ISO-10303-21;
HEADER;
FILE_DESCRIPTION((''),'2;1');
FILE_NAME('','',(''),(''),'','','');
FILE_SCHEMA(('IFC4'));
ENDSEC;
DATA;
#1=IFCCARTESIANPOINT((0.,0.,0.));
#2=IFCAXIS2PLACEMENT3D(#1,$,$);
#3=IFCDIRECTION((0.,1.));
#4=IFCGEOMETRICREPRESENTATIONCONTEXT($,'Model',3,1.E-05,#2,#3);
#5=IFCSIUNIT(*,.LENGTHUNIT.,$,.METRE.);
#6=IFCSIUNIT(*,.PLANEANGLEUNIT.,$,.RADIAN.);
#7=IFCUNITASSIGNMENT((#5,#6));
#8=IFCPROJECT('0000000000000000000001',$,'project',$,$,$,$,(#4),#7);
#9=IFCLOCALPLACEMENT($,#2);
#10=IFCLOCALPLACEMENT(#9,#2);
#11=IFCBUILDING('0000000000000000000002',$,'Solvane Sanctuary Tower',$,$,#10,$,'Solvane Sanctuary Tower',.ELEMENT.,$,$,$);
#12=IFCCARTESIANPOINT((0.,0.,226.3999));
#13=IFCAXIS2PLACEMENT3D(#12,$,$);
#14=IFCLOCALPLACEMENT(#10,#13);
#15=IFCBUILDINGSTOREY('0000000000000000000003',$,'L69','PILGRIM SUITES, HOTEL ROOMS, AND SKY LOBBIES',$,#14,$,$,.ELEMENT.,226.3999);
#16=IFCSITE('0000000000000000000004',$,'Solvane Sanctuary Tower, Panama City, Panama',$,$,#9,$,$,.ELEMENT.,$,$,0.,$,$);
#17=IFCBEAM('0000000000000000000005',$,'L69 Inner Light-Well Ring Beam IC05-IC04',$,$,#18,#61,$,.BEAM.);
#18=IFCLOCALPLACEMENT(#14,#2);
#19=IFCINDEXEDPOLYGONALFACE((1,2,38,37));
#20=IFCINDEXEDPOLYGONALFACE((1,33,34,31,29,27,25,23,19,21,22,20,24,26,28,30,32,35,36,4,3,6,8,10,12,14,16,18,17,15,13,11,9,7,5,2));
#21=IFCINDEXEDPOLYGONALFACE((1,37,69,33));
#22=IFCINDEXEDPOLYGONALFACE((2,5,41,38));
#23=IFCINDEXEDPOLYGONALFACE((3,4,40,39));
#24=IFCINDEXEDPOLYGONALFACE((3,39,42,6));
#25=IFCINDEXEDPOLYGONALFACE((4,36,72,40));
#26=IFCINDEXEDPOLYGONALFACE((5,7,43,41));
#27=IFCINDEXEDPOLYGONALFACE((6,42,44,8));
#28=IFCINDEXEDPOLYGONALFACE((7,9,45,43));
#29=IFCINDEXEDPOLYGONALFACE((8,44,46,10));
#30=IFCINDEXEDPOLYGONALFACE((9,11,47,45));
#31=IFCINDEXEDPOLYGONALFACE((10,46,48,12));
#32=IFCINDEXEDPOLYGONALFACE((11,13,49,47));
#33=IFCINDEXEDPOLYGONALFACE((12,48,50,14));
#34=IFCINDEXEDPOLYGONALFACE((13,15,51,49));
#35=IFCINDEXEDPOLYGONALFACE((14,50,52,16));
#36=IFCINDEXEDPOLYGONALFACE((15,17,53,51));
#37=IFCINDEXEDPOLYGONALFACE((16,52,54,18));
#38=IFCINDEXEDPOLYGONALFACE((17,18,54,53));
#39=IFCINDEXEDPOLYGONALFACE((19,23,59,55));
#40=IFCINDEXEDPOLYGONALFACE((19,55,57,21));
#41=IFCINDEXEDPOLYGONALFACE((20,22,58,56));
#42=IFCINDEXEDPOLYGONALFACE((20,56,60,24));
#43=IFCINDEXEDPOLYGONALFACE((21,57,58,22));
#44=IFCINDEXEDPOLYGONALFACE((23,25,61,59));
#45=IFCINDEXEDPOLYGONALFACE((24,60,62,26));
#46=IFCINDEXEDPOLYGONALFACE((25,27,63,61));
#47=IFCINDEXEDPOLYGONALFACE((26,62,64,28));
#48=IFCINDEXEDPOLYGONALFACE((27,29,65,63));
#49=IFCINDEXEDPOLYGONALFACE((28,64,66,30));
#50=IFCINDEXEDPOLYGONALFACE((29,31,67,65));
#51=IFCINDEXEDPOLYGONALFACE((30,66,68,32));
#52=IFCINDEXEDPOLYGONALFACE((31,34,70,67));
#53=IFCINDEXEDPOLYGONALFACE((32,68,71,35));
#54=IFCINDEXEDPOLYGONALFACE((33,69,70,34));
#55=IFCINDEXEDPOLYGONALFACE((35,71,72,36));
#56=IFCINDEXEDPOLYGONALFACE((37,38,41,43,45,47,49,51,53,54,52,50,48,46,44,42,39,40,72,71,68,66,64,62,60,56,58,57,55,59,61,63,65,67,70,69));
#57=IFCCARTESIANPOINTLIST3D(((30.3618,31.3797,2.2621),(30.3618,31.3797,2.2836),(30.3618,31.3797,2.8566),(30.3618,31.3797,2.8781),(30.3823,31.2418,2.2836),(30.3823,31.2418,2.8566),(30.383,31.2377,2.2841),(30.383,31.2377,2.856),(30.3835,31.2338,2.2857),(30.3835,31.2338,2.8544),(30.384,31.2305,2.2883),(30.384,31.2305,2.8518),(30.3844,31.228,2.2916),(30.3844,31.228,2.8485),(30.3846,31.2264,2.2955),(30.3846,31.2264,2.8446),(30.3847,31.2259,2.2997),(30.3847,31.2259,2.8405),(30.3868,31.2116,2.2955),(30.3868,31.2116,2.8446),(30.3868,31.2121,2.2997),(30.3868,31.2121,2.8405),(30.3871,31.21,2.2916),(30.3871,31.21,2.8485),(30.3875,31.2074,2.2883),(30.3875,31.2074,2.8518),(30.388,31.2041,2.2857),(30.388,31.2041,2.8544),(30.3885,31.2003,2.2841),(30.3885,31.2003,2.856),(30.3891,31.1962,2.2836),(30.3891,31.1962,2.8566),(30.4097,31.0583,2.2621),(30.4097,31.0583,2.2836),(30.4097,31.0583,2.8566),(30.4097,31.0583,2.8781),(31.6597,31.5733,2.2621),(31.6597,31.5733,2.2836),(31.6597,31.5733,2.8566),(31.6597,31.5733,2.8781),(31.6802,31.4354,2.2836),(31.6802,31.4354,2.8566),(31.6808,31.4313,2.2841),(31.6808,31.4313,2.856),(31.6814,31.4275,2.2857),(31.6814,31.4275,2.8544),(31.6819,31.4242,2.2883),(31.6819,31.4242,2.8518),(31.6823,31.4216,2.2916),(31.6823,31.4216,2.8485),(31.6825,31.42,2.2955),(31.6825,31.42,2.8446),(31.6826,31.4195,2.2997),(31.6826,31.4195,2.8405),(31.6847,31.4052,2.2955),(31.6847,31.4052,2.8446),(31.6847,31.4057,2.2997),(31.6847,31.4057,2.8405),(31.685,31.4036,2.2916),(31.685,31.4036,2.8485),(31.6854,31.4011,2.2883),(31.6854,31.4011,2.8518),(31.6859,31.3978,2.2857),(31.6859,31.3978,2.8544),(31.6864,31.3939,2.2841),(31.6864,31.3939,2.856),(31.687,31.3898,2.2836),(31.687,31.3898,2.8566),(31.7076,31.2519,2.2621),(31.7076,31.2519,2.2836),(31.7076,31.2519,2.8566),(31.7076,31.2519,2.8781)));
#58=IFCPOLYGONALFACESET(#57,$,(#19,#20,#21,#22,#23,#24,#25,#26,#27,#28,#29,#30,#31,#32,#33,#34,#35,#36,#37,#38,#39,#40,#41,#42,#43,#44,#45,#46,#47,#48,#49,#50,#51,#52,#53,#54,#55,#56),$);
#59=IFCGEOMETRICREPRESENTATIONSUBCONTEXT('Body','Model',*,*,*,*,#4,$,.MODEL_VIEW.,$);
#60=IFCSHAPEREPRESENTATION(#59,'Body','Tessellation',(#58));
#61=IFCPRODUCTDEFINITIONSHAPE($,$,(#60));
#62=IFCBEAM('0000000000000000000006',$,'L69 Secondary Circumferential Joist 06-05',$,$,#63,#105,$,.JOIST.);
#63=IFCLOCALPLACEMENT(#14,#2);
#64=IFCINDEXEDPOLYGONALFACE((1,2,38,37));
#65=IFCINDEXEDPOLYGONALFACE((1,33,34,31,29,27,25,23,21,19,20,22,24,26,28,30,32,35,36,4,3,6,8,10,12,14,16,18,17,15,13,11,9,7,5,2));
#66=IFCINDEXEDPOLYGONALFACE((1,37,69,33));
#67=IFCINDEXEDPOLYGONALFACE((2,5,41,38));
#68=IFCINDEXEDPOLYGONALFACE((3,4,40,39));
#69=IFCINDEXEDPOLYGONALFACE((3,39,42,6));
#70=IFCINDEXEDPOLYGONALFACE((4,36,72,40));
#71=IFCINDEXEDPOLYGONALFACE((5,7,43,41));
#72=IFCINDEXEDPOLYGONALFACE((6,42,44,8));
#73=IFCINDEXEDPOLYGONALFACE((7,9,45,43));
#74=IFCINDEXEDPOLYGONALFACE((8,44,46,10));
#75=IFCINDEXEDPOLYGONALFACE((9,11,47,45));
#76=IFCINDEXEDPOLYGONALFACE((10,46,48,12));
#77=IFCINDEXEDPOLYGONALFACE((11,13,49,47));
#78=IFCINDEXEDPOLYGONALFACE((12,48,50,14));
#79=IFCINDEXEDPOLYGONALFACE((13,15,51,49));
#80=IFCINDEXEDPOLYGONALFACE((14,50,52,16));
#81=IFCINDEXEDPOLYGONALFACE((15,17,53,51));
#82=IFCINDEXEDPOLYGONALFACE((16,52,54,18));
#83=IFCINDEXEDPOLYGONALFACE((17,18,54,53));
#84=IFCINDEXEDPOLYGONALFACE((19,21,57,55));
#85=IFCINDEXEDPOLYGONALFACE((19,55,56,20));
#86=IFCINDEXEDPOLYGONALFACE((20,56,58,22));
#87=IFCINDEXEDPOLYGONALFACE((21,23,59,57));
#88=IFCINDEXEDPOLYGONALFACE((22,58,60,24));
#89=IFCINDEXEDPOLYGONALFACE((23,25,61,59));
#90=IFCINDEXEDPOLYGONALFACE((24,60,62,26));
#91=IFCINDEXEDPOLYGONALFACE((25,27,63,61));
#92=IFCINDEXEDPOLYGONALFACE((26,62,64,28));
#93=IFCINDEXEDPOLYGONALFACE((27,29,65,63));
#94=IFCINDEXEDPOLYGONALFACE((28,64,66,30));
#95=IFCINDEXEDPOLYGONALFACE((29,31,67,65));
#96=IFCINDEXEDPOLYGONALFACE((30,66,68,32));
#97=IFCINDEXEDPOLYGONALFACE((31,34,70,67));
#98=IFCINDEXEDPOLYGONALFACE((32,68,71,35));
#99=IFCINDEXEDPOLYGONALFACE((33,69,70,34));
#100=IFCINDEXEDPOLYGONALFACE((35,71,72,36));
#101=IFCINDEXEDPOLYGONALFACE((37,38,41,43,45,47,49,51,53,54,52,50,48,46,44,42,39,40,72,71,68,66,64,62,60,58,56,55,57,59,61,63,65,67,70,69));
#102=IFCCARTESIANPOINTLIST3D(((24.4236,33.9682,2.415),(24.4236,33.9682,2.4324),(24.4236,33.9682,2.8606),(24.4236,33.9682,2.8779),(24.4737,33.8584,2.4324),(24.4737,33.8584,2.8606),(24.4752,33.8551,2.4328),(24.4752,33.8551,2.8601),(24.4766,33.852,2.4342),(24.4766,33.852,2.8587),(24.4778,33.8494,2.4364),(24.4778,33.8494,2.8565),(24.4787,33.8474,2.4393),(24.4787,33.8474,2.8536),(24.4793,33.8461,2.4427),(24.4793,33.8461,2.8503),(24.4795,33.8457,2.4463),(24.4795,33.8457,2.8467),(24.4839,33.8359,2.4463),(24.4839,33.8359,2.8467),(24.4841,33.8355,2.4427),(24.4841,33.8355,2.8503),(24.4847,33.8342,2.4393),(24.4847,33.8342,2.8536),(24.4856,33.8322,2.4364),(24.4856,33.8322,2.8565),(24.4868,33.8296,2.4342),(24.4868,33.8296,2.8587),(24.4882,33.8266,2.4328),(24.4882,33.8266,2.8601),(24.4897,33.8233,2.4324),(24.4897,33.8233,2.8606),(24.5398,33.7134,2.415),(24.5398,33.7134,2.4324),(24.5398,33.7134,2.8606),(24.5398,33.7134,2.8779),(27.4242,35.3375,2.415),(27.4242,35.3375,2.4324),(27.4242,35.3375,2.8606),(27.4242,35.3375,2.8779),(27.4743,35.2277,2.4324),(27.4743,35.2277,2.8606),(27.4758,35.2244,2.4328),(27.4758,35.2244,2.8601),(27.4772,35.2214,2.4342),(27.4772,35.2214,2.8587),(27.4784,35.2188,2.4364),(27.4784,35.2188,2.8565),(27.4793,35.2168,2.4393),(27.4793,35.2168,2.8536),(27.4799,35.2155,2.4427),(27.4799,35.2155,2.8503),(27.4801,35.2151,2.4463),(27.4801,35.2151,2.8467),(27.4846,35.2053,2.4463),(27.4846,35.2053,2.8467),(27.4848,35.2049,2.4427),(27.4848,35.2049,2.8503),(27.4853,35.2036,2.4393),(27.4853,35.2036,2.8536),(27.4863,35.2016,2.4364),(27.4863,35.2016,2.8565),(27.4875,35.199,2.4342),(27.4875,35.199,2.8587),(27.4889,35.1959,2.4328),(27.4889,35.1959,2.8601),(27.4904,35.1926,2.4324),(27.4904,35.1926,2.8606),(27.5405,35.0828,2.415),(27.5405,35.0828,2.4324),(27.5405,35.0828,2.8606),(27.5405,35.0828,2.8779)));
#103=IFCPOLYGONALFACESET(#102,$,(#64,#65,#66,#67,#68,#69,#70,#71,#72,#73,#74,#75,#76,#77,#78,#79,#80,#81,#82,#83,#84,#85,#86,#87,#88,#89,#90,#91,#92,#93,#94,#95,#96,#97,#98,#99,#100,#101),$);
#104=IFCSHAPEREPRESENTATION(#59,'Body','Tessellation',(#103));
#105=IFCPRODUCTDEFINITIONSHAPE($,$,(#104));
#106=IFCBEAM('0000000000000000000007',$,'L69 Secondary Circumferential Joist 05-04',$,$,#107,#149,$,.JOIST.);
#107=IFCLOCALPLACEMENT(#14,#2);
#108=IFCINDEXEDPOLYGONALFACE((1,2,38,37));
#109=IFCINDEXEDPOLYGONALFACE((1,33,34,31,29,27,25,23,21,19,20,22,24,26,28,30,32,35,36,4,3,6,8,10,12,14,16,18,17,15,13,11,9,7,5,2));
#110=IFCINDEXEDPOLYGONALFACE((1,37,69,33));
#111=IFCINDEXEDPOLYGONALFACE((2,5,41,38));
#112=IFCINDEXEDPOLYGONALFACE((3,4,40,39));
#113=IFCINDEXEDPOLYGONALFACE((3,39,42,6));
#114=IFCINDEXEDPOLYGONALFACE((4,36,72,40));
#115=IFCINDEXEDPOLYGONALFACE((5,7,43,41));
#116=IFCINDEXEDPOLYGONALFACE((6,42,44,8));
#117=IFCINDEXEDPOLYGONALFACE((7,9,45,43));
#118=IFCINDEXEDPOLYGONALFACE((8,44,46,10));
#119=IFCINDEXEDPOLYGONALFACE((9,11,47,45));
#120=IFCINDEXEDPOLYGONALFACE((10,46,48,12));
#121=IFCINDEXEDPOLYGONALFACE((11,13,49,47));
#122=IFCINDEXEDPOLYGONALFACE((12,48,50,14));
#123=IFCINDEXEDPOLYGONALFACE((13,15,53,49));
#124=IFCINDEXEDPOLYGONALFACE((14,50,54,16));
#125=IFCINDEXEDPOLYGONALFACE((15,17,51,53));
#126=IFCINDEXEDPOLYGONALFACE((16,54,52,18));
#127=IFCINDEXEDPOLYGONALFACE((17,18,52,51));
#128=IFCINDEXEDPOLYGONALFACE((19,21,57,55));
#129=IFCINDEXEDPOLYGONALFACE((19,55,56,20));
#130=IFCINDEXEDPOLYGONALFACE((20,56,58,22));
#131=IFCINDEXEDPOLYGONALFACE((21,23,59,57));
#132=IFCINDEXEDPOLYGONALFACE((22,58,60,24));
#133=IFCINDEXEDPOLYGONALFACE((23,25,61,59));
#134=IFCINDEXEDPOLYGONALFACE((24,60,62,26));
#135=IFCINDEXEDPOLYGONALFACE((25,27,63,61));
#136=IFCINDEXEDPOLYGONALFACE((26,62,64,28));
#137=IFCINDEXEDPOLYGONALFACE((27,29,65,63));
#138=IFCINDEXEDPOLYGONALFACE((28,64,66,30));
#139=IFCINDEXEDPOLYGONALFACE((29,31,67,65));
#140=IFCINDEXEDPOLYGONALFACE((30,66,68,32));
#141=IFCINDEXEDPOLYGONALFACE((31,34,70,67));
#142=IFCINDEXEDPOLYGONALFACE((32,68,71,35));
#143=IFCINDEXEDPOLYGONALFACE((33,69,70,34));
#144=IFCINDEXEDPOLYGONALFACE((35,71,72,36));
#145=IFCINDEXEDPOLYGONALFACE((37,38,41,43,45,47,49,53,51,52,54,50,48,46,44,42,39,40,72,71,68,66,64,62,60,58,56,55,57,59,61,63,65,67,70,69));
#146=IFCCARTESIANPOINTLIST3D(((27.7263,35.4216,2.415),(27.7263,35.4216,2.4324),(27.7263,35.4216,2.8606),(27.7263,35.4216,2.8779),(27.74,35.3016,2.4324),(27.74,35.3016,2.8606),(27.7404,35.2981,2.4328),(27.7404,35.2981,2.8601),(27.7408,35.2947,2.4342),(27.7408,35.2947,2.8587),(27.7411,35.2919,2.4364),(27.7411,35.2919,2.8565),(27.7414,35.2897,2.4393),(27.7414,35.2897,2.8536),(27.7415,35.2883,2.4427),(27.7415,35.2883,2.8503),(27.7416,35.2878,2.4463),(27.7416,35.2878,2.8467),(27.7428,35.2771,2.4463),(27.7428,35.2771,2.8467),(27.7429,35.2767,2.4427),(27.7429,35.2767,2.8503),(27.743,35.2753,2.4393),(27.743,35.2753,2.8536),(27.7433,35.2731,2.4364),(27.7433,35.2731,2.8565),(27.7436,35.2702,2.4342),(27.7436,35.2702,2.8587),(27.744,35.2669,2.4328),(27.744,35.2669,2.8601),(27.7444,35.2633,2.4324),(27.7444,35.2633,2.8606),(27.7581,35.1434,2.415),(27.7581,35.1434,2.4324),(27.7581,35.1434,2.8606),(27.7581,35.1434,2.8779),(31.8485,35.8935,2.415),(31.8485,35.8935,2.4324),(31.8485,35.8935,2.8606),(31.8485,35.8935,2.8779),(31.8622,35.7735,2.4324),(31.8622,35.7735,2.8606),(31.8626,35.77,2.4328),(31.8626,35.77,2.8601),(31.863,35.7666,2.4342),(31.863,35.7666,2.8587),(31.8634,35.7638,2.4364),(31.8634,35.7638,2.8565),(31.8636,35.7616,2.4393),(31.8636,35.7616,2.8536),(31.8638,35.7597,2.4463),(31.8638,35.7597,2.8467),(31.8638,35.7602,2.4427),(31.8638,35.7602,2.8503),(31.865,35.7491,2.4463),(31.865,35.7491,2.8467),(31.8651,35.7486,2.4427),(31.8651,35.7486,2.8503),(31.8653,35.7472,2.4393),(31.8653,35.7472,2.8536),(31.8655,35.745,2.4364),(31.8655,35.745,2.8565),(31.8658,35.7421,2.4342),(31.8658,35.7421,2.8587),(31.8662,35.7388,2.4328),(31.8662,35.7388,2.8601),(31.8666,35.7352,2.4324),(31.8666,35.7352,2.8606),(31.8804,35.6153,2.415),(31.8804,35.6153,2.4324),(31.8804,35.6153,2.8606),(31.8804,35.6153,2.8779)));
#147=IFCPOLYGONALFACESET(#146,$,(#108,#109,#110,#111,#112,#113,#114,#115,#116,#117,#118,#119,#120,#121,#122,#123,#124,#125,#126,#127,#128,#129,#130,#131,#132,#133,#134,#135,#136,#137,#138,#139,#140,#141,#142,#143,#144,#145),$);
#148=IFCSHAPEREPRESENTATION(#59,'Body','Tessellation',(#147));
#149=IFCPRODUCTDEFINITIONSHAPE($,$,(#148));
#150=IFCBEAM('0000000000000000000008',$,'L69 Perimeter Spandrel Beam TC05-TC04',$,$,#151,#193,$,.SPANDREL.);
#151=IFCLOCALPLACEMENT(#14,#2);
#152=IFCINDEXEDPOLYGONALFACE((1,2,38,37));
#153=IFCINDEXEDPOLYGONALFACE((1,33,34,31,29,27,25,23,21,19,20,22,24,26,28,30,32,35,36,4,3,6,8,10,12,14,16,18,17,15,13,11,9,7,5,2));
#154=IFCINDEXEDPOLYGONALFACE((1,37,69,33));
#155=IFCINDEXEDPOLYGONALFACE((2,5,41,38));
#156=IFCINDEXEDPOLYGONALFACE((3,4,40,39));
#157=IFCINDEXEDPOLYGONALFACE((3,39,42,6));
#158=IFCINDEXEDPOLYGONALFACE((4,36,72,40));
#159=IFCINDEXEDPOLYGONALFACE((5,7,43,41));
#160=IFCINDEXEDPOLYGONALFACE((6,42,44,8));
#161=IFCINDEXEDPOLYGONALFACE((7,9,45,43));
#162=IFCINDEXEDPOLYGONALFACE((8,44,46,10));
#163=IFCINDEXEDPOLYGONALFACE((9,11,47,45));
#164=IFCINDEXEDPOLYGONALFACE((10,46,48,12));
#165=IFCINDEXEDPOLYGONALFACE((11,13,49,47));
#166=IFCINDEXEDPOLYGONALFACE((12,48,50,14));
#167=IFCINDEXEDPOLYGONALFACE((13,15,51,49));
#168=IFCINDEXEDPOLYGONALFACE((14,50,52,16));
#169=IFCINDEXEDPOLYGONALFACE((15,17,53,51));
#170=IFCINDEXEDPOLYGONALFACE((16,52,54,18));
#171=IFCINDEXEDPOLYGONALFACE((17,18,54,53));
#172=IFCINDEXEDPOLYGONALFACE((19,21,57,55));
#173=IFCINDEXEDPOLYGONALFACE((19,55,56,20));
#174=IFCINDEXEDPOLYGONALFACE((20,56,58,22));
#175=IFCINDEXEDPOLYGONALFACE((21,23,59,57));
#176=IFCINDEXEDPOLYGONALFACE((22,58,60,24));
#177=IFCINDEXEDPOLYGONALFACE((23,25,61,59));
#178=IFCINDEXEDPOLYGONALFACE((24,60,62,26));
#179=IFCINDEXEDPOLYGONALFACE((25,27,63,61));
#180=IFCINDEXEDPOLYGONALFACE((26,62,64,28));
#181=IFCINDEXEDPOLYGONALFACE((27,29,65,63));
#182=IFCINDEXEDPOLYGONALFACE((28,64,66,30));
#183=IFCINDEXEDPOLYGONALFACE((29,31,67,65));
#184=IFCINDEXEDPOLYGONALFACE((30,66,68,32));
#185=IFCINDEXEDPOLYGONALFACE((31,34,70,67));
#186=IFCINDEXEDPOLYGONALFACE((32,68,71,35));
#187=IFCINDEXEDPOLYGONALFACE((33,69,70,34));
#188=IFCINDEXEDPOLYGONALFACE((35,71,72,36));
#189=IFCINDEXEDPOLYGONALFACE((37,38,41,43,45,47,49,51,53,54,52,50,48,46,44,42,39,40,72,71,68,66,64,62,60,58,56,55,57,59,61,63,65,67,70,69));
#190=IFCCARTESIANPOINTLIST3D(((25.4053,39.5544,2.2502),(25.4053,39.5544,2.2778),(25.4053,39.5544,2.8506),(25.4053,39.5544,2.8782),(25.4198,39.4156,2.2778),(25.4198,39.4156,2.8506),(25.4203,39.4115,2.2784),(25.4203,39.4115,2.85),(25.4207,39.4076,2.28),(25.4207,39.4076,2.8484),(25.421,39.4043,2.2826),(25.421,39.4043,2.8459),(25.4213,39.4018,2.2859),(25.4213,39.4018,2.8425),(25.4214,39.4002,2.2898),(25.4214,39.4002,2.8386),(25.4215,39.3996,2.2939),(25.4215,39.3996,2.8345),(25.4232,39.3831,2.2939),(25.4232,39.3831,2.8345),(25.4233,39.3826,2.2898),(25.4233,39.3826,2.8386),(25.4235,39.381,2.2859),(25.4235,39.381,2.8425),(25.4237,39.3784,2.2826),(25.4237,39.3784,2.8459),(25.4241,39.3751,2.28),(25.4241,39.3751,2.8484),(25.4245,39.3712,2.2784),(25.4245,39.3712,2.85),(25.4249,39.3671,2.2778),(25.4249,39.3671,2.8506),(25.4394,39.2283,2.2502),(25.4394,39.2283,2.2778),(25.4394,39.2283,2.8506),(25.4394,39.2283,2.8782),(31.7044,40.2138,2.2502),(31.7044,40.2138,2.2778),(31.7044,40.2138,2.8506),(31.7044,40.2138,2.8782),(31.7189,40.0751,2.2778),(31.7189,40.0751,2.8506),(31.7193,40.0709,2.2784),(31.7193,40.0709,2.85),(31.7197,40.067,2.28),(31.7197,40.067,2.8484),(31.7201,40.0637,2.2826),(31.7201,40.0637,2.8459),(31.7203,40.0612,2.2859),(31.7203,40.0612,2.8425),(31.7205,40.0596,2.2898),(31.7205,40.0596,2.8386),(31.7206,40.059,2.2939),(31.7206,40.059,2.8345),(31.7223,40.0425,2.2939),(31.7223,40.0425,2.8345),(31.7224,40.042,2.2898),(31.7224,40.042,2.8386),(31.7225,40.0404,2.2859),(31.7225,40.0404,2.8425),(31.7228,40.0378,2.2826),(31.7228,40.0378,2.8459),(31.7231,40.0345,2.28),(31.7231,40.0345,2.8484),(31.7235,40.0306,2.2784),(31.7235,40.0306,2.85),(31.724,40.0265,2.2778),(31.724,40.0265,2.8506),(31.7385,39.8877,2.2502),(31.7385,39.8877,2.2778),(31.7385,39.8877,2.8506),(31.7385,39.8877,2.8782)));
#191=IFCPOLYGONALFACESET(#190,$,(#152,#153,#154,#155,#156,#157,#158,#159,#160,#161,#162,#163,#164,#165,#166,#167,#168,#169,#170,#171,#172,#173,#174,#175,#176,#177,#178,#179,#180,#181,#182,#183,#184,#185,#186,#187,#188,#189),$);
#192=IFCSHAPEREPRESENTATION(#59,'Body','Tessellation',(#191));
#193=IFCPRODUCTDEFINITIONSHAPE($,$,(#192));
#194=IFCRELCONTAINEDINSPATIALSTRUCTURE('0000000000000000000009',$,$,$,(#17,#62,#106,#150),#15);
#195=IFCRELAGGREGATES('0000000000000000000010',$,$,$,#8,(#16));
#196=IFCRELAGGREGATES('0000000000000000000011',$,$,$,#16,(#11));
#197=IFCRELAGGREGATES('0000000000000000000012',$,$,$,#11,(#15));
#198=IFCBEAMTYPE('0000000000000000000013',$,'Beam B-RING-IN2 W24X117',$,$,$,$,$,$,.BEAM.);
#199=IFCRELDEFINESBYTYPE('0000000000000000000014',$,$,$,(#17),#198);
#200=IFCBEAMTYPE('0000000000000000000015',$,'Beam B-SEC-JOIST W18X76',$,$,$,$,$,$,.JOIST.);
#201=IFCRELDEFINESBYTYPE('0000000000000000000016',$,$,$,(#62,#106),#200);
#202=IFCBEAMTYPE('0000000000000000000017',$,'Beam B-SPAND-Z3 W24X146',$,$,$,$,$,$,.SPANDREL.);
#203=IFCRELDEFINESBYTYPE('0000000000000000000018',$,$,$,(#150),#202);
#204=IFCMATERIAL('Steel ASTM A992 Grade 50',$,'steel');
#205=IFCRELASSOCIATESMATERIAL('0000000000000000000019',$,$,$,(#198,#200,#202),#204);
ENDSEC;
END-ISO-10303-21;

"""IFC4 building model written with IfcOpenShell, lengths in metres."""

from ifc_helpers import new_model, si_unit, direction, frame, origin, origin_2d, place, context, subcontext, project, spatial, i_section, extrude, material, material_profile, profile_set, type_object, element, save


model = new_model("IFC4")

# Units and contexts
model_context = context("Model", 3, precision=1e-05, world=origin(), true_north=direction((0.0, 1.0)))
body_context = subcontext(model_context, "Body", "Model", "MODEL_VIEW")
ifc_project = project(units=[si_unit("LENGTHUNIT", "METRE"), si_unit("PLANEANGLEUNIT", "RADIAN")], contexts=[model_context])

# Site, building, storey
site_placement = place(None, origin())
site = spatial("IfcSite", under=ifc_project, at=site_placement, Name="Solvane Sanctuary Tower, Panama City, Panama", CompositionType="ELEMENT", RefElevation=0.0)
building_placement = place(site_placement, origin())
building = spatial("IfcBuilding", under=site, at=building_placement, Name="Solvane Sanctuary Tower", LongName="Solvane Sanctuary Tower", CompositionType="ELEMENT")
storey_placement = place(building_placement, frame((0.0, 0.0, 226.3999)))
storey = spatial("IfcBuildingStorey", under=building, at=storey_placement, Name="L69", Description="PILGRIM SUITES, HOTEL ROOMS, AND SKY LOBBIES", CompositionType="ELEMENT", Elevation=226.3999)

# Beams
ifc_material_1 = material(Name="Steel ASTM A992 Grade 50", Category="steel")
ifc_material_profile_1 = material_profile(ifc_material_1, i_section(OverallWidth=0.325, OverallDepth=0.616, WebThickness=0.0139, FlangeThickness=0.0215, FilletRadius=0.0161, at=origin_2d()), Name="W24X117")
ifc_profile_set_1 = profile_set([ifc_material_profile_1], Name="Steel ASTM A992 Grade 50")
beam_type_1 = type_object("IfcBeamType", Name="Beam B-RING-IN2 W24X117", PredefinedType="BEAM", material=ifc_profile_set_1)
beam_1_placement = place(storey_placement, frame((30.3857, 31.219, 2.5701), z_axis=(0.989056, 0.14754, 0.0), x_axis=(-0.14754, 0.989056, 0.0)))
element("IfcBeam", 1, at=beam_1_placement, inside=storey, type_object=beam_type_1, Name="L69 Inner Light-Well Ring Beam IC05-IC04", PredefinedType="BEAM", context=body_context, shape_type="SweptSolid", body=[
    extrude(i_section(OverallWidth=0.325, OverallDepth=0.616, WebThickness=0.0139, FlangeThickness=0.0215, FilletRadius=0.0161, at=origin_2d()), origin(), (0.0, 0.0, 1.0), 1.3123),
])
ifc_material_profile_2 = material_profile(ifc_material_1, i_section(OverallWidth=0.28, OverallDepth=0.4629, WebThickness=0.0107, FlangeThickness=0.0173, FilletRadius=0.0139, at=origin_2d()), Name="W18X76")
ifc_profile_set_2 = profile_set([ifc_material_profile_2], Name="Steel ASTM A992 Grade 50")
beam_type_2 = type_object("IfcBeamType", Name="Beam B-SEC-JOIST W18X76", PredefinedType="JOIST", material=ifc_profile_set_2)
beam_2_placement = place(storey_placement, frame((24.4817, 33.8408, 2.6465), z_axis=(0.909747, 0.415163, 0.0), x_axis=(-0.415163, 0.909747, 0.0)))
element("IfcBeam", 2, at=beam_2_placement, inside=storey, type_object=beam_type_2, Name="L69 Secondary Circumferential Joist 06-05", PredefinedType="JOIST", context=body_context, shape_type="SweptSolid", body=[
    extrude(i_section(OverallWidth=0.28, OverallDepth=0.4629, WebThickness=0.0107, FlangeThickness=0.0173, FilletRadius=0.0139, at=origin_2d()), origin(), (0.0, 0.0, 1.0), 3.2983),
])
beam_3_placement = place(storey_placement, frame((27.7422, 35.2825, 2.6465), z_axis=(0.993511, 0.113737, 0.0), x_axis=(-0.113737, 0.993511, 0.0)))
element("IfcBeam", 3, at=beam_3_placement, inside=storey, type_object=beam_type_2, Name="L69 Secondary Circumferential Joist 05-04", PredefinedType="JOIST", context=body_context, shape_type="SweptSolid", body=[
    extrude(i_section(OverallWidth=0.28, OverallDepth=0.4629, WebThickness=0.0107, FlangeThickness=0.0173, FilletRadius=0.0139, at=origin_2d()), origin(), (0.0, 0.0, 1.0), 4.1492),
])
ifc_material_profile_3 = material_profile(ifc_material_1, i_section(OverallWidth=0.3279, OverallDepth=0.6279, WebThickness=0.0166, FlangeThickness=0.0276, FilletRadius=0.0161, at=origin_2d()), Name="W24X146")
ifc_profile_set_3 = profile_set([ifc_material_profile_3], Name="Steel ASTM A992 Grade 50")
beam_type_3 = type_object("IfcBeamType", Name="Beam B-SPAND-Z3 W24X146", PredefinedType="SPANDREL", material=ifc_profile_set_3)
beam_4_placement = place(storey_placement, frame((25.4224, 39.3914, 2.5642), z_axis=(0.994565, 0.104117, 0.0), x_axis=(-0.104117, 0.994565, 0.0)))
element("IfcBeam", 4, at=beam_4_placement, inside=storey, type_object=beam_type_3, Name="L69 Perimeter Spandrel Beam TC05-TC04", PredefinedType="SPANDREL", context=body_context, shape_type="SweptSolid", body=[
    extrude(i_section(OverallWidth=0.3279, OverallDepth=0.6279, WebThickness=0.0166, FlangeThickness=0.0276, FilletRadius=0.0161, at=origin_2d()), origin(), (0.0, 0.0, 1.0), 6.3335),
])

save(model, "model.ifc")
